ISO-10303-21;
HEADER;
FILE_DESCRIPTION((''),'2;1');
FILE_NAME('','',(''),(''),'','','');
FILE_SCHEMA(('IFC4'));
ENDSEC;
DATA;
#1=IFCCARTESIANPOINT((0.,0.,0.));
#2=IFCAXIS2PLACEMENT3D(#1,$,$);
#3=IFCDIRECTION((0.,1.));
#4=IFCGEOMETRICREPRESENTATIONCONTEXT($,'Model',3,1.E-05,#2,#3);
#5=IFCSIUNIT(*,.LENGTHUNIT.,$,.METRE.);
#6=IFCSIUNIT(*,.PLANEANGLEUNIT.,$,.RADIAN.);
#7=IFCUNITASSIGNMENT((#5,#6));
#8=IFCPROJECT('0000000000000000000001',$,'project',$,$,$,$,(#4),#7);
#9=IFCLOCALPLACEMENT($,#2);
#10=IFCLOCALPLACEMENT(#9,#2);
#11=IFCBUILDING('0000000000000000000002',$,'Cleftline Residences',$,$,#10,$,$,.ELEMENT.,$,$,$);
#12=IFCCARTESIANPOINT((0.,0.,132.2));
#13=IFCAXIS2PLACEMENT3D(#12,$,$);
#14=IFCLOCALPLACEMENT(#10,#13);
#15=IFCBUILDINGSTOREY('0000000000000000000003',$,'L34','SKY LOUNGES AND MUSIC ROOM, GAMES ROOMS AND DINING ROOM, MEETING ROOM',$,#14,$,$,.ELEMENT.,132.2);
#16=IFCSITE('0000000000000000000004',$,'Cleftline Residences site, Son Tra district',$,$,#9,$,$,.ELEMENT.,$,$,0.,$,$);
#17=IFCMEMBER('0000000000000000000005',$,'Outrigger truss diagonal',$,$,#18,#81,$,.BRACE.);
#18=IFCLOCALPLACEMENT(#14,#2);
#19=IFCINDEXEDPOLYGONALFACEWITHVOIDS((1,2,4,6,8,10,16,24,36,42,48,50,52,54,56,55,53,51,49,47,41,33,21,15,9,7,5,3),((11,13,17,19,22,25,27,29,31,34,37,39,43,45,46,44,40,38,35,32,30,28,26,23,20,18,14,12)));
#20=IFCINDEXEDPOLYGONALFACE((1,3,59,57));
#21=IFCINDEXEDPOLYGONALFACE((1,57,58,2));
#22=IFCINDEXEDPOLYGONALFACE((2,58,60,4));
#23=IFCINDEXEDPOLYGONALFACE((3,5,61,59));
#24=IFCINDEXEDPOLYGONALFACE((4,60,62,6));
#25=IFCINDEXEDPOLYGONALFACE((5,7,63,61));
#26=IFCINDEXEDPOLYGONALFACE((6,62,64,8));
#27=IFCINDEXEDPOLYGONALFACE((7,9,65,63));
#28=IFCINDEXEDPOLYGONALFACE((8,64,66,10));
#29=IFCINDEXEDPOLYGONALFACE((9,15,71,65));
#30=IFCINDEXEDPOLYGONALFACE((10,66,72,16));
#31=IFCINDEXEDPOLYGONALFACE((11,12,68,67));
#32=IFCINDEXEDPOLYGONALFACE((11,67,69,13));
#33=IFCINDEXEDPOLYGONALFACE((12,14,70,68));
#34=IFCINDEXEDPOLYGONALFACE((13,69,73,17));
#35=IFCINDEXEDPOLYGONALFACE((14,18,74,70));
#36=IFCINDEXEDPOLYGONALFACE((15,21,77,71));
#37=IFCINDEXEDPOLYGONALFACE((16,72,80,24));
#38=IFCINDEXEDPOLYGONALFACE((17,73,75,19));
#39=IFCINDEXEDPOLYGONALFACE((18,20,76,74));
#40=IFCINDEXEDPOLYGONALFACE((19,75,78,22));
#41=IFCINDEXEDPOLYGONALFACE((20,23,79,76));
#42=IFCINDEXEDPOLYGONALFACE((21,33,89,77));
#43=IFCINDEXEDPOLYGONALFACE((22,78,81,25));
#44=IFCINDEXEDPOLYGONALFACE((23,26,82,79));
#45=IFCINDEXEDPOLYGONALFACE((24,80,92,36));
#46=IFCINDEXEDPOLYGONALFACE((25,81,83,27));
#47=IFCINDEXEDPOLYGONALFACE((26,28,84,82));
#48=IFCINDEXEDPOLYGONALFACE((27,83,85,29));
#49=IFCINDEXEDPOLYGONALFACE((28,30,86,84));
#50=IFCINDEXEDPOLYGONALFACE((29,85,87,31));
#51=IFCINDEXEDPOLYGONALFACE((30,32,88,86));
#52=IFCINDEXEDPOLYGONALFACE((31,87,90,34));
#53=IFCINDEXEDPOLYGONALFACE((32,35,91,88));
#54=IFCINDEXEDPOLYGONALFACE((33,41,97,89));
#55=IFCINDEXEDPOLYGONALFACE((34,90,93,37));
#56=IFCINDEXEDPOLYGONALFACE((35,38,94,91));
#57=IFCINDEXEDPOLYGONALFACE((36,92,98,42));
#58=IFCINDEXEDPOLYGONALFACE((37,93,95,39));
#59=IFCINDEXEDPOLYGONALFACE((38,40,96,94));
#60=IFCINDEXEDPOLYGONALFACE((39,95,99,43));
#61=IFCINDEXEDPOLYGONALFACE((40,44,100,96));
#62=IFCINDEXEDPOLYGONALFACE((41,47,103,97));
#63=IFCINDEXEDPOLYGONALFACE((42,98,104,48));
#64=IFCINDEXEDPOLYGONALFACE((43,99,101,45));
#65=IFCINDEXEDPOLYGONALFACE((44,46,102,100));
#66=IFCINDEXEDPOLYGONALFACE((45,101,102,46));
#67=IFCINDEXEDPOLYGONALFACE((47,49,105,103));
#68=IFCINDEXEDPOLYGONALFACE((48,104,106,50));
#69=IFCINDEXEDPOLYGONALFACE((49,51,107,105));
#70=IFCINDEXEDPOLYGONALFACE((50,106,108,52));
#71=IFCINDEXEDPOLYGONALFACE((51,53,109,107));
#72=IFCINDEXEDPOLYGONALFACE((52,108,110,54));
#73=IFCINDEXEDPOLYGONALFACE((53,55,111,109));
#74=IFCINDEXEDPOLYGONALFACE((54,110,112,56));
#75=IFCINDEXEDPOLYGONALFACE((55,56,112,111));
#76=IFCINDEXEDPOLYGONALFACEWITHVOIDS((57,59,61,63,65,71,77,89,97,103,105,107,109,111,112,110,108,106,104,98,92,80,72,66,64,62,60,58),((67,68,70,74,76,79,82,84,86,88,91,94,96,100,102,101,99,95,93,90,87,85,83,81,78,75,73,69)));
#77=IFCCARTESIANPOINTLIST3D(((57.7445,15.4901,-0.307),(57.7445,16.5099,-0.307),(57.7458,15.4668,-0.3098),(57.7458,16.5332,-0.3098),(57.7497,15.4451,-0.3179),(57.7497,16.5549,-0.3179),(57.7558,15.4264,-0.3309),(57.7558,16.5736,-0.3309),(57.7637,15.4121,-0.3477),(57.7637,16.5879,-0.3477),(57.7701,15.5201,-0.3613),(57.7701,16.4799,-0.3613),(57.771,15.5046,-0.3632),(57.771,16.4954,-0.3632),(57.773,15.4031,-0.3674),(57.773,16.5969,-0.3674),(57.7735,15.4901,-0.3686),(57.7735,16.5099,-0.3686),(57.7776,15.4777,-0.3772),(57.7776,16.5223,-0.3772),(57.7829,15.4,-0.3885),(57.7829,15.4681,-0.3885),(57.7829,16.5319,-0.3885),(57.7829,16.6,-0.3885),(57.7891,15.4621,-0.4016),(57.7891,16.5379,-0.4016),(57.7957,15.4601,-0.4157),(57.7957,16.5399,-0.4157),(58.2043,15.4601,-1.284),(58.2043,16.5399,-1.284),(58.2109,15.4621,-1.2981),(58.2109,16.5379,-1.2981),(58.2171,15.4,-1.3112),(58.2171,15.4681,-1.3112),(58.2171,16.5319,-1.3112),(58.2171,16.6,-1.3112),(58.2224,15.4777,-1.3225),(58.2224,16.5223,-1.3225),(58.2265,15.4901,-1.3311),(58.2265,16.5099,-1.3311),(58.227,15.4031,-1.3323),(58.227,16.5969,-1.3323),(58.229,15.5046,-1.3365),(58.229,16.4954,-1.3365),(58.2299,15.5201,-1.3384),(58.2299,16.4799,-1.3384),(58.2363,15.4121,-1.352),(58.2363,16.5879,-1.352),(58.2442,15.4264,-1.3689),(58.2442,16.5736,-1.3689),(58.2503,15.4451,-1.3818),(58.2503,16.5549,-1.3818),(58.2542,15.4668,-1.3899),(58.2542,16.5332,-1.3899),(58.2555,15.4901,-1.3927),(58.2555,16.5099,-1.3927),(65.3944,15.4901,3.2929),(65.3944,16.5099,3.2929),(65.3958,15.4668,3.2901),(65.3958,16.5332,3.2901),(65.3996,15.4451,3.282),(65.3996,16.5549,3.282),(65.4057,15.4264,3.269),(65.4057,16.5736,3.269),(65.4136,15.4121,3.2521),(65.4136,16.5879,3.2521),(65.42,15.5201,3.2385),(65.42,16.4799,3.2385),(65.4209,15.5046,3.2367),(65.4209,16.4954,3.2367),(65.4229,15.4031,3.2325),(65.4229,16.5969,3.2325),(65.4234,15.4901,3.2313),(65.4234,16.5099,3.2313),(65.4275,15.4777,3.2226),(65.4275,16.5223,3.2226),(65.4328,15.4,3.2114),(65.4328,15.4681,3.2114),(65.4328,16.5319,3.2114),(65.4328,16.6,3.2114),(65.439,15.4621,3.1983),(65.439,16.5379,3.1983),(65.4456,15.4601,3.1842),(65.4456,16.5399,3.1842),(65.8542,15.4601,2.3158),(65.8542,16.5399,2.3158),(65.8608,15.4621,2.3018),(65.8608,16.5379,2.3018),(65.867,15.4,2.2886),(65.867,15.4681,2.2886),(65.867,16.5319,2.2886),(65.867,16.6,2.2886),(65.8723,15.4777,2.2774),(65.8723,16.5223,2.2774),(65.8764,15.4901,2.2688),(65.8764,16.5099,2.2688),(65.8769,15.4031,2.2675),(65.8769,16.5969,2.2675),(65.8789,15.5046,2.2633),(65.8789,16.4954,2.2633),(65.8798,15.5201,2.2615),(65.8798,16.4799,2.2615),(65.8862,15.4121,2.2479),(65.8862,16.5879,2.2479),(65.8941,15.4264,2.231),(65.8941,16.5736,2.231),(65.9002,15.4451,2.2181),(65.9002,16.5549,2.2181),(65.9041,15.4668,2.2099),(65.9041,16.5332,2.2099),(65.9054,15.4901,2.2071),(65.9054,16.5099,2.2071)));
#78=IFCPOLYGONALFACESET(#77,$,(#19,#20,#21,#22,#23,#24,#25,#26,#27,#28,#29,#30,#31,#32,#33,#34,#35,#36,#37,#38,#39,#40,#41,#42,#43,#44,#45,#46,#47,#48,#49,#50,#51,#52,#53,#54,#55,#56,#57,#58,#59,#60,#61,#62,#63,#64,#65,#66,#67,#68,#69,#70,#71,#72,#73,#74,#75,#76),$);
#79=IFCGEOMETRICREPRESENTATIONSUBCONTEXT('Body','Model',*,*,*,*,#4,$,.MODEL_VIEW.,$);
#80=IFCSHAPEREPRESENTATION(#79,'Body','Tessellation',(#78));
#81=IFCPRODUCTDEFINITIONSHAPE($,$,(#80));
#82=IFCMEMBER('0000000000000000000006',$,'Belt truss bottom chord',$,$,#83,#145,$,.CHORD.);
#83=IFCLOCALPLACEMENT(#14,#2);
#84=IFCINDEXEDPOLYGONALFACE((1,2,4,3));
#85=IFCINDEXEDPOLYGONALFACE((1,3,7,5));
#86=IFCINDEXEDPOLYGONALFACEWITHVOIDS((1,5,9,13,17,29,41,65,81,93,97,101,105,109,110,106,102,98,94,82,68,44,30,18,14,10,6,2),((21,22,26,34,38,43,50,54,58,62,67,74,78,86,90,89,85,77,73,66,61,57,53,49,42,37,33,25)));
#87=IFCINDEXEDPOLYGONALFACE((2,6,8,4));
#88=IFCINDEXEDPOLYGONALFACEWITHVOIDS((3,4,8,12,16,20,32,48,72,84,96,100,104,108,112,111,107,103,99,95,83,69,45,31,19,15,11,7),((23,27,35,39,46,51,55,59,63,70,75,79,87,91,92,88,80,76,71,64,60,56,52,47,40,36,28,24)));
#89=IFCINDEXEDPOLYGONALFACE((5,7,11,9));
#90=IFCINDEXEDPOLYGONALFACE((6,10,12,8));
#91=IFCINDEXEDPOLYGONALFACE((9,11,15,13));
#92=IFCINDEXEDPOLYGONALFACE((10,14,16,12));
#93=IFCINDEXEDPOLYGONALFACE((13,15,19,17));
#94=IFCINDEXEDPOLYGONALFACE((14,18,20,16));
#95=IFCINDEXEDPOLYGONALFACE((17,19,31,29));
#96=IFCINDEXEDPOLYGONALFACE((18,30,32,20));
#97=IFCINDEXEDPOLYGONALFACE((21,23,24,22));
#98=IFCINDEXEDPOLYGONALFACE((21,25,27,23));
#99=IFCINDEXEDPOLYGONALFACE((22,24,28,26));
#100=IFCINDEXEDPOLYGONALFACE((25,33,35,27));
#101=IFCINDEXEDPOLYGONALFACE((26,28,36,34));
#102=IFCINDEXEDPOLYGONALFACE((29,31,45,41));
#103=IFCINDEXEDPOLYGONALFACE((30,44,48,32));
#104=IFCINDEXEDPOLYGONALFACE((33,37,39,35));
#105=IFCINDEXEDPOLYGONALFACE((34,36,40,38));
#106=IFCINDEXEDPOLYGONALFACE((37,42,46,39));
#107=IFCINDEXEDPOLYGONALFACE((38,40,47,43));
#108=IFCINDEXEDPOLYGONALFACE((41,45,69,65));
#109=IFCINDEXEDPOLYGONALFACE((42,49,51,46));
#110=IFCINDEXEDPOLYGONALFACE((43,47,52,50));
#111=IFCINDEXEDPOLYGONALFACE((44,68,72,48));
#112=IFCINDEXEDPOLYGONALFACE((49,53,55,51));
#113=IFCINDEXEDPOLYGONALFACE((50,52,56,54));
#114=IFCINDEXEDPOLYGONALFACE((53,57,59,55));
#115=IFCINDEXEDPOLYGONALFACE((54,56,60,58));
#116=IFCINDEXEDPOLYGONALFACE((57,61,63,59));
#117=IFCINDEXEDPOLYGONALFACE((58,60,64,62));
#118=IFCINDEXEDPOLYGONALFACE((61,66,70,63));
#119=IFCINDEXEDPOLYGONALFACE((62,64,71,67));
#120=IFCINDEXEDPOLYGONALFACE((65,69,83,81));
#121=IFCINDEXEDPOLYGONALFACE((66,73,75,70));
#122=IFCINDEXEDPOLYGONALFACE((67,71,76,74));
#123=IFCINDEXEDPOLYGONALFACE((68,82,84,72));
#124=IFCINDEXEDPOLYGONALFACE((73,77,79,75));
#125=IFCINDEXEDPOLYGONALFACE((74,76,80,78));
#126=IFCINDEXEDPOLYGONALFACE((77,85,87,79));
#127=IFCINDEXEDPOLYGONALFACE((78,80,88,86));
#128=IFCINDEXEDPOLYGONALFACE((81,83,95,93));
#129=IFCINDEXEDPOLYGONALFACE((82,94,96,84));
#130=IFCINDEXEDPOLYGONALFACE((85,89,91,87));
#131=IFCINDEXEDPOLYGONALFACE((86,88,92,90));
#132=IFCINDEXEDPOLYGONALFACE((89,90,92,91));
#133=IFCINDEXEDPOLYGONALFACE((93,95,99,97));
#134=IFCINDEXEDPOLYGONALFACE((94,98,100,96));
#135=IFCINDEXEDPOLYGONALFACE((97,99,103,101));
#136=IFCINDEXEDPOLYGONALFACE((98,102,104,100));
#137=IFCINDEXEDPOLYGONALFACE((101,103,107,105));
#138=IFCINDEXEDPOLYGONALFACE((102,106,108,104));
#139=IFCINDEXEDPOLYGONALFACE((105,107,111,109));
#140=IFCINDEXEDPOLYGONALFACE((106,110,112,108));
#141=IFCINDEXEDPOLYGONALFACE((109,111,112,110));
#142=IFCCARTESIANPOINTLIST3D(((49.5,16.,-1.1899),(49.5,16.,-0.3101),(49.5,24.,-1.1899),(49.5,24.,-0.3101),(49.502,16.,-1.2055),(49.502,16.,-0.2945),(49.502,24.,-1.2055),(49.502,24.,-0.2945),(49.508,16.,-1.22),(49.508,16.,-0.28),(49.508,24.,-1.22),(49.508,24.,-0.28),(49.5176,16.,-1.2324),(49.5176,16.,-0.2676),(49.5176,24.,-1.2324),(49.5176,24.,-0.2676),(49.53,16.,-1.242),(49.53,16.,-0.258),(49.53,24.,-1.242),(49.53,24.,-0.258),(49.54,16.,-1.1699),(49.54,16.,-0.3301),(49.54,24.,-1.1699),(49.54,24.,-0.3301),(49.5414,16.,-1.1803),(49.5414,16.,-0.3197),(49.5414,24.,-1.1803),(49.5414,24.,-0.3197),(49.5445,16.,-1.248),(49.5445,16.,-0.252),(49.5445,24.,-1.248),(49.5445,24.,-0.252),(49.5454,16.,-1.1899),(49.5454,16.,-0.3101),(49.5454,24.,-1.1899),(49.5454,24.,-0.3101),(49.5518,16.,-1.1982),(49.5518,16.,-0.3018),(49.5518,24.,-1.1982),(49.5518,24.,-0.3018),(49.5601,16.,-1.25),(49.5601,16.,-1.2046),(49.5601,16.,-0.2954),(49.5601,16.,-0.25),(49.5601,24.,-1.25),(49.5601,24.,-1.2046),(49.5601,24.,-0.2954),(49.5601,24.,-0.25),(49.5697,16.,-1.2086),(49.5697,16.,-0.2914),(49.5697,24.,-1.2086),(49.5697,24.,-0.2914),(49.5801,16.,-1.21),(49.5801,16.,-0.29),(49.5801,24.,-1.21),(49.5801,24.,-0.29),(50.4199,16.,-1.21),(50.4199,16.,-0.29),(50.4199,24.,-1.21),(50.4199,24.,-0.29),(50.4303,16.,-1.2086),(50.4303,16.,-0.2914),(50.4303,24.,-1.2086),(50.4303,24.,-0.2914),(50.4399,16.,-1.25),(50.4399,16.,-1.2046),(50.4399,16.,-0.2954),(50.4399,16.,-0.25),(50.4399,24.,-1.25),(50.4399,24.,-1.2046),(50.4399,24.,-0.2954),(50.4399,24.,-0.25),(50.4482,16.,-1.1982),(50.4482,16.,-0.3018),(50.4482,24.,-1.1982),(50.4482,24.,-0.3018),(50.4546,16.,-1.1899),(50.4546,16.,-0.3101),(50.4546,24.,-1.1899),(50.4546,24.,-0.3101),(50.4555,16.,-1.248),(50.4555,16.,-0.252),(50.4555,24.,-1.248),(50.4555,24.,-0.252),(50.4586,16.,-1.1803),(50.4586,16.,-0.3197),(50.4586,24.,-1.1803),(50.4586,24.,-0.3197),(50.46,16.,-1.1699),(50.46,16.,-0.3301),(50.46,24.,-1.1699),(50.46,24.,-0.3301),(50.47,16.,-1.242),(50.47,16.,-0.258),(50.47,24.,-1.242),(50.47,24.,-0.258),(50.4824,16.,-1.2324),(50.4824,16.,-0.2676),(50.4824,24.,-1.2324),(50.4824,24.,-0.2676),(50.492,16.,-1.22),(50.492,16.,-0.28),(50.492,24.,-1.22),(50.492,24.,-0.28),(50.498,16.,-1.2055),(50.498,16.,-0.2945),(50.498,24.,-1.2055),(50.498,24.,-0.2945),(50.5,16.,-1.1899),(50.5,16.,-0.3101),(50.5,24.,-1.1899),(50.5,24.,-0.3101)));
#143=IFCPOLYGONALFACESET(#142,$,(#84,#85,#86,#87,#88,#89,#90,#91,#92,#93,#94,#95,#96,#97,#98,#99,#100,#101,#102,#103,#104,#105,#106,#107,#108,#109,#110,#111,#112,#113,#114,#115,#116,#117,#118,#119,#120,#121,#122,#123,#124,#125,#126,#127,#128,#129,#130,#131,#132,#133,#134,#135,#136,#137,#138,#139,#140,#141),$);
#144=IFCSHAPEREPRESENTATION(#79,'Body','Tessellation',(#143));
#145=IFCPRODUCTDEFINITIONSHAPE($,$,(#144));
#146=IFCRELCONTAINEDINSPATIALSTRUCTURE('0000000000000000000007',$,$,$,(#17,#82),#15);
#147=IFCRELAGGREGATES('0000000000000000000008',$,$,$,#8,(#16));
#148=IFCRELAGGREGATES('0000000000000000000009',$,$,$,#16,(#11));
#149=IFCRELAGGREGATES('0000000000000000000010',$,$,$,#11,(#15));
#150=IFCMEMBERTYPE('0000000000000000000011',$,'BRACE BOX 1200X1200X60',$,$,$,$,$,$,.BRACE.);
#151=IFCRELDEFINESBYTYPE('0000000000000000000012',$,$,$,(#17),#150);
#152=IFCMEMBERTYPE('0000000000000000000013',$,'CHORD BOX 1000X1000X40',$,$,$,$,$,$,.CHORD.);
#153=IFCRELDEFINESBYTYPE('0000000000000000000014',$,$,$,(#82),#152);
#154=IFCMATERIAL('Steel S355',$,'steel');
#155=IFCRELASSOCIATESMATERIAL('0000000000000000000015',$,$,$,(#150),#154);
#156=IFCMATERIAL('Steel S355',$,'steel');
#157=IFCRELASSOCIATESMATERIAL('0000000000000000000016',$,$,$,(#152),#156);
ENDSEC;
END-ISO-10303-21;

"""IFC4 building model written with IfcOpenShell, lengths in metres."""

from ifc_helpers import new_model, si_unit, direction, frame, origin, origin_2d, place, context, subcontext, project, spatial, hollow_rectangle, extrude, material, material_profile, profile_set, type_object, element, save


model = new_model("IFC4")

# Units and contexts
model_context = context("Model", 3, precision=1e-05, world=origin(), true_north=direction((0.0, 1.0)))
body_context = subcontext(model_context, "Body", "Model", "MODEL_VIEW")
ifc_project = project(units=[si_unit("LENGTHUNIT", "METRE"), si_unit("PLANEANGLEUNIT", "RADIAN")], contexts=[model_context])

# Site, building, storey
site_placement = place(None, origin())
site = spatial("IfcSite", under=ifc_project, at=site_placement, Name="Cleftline Residences site, Son Tra district", CompositionType="ELEMENT", RefElevation=0.0)
building_placement = place(site_placement, origin())
building = spatial("IfcBuilding", under=site, at=building_placement, Name="Cleftline Residences", CompositionType="ELEMENT")
storey_placement = place(building_placement, frame((0.0, 0.0, 132.2)))
storey = spatial("IfcBuildingStorey", under=building, at=storey_placement, Name="L34", Description="SKY LOUNGES AND MUSIC ROOM, GAMES ROOMS AND DINING ROOM, MEETING ROOM", CompositionType="ELEMENT", Elevation=132.2)

# Members
ifc_material_1 = material(Name="Steel S355", Category="steel")
ifc_material_profile_1 = material_profile(ifc_material_1, hollow_rectangle(XDim=1.2, YDim=1.2, WallThickness=0.0601, InnerFilletRadius=0.0601, OuterFilletRadius=0.0901, at=origin_2d()))
ifc_profile_set_1 = profile_set([ifc_material_profile_1], Name="Steel S355")
member_type_1 = type_object("IfcMemberType", Name="BRACE BOX 1200X1200X60", PredefinedType="BRACE", material=ifc_profile_set_1)
member_1_placement = place(storey_placement, frame((58.0, 16.0, -0.8499), z_axis=(0.904823, 0.0, 0.425787), x_axis=(-0.425787, 0.0, 0.904823)))
element("IfcMember", 1, at=member_1_placement, inside=storey, type_object=member_type_1, Name="Outrigger truss diagonal", PredefinedType="BRACE", context=body_context, shape_type="SweptSolid", body=[
    extrude(hollow_rectangle(XDim=1.2, YDim=1.2, WallThickness=0.0601, InnerFilletRadius=0.0601, OuterFilletRadius=0.0901, at=origin_2d()), origin(), (0.0, 0.0, 1.0), 8.4546),
])
ifc_material_2 = material(Name="Steel S355", Category="steel")
ifc_material_profile_2 = material_profile(ifc_material_2, hollow_rectangle(XDim=1.0, YDim=1.0, WallThickness=0.04, InnerFilletRadius=0.04, OuterFilletRadius=0.0601, at=origin_2d()))
ifc_profile_set_2 = profile_set([ifc_material_profile_2], Name="Steel S355")
member_type_2 = type_object("IfcMemberType", Name="CHORD BOX 1000X1000X40", PredefinedType="CHORD", material=ifc_profile_set_2)
for number, where, z_axis, x_axis, name in (
    (2, (50.0, 16.0, -0.75), (0.0, 1.0, 0.0), (-1.0, 0.0, 0.0), "Belt truss bottom chord"),
):
    element("IfcMember", number, at=place(storey_placement, frame(where, z_axis=z_axis, x_axis=x_axis)), inside=storey, type_object=member_type_2, Name=name, PredefinedType="CHORD", context=body_context, shape_type="SweptSolid", body=[
        extrude(hollow_rectangle(XDim=1.0, YDim=1.0, WallThickness=0.04, InnerFilletRadius=0.04, OuterFilletRadius=0.0601, at=origin_2d()), origin(), (0.0, 0.0, 1.0), 8.0),
    ])

save(model, "model.ifc")
